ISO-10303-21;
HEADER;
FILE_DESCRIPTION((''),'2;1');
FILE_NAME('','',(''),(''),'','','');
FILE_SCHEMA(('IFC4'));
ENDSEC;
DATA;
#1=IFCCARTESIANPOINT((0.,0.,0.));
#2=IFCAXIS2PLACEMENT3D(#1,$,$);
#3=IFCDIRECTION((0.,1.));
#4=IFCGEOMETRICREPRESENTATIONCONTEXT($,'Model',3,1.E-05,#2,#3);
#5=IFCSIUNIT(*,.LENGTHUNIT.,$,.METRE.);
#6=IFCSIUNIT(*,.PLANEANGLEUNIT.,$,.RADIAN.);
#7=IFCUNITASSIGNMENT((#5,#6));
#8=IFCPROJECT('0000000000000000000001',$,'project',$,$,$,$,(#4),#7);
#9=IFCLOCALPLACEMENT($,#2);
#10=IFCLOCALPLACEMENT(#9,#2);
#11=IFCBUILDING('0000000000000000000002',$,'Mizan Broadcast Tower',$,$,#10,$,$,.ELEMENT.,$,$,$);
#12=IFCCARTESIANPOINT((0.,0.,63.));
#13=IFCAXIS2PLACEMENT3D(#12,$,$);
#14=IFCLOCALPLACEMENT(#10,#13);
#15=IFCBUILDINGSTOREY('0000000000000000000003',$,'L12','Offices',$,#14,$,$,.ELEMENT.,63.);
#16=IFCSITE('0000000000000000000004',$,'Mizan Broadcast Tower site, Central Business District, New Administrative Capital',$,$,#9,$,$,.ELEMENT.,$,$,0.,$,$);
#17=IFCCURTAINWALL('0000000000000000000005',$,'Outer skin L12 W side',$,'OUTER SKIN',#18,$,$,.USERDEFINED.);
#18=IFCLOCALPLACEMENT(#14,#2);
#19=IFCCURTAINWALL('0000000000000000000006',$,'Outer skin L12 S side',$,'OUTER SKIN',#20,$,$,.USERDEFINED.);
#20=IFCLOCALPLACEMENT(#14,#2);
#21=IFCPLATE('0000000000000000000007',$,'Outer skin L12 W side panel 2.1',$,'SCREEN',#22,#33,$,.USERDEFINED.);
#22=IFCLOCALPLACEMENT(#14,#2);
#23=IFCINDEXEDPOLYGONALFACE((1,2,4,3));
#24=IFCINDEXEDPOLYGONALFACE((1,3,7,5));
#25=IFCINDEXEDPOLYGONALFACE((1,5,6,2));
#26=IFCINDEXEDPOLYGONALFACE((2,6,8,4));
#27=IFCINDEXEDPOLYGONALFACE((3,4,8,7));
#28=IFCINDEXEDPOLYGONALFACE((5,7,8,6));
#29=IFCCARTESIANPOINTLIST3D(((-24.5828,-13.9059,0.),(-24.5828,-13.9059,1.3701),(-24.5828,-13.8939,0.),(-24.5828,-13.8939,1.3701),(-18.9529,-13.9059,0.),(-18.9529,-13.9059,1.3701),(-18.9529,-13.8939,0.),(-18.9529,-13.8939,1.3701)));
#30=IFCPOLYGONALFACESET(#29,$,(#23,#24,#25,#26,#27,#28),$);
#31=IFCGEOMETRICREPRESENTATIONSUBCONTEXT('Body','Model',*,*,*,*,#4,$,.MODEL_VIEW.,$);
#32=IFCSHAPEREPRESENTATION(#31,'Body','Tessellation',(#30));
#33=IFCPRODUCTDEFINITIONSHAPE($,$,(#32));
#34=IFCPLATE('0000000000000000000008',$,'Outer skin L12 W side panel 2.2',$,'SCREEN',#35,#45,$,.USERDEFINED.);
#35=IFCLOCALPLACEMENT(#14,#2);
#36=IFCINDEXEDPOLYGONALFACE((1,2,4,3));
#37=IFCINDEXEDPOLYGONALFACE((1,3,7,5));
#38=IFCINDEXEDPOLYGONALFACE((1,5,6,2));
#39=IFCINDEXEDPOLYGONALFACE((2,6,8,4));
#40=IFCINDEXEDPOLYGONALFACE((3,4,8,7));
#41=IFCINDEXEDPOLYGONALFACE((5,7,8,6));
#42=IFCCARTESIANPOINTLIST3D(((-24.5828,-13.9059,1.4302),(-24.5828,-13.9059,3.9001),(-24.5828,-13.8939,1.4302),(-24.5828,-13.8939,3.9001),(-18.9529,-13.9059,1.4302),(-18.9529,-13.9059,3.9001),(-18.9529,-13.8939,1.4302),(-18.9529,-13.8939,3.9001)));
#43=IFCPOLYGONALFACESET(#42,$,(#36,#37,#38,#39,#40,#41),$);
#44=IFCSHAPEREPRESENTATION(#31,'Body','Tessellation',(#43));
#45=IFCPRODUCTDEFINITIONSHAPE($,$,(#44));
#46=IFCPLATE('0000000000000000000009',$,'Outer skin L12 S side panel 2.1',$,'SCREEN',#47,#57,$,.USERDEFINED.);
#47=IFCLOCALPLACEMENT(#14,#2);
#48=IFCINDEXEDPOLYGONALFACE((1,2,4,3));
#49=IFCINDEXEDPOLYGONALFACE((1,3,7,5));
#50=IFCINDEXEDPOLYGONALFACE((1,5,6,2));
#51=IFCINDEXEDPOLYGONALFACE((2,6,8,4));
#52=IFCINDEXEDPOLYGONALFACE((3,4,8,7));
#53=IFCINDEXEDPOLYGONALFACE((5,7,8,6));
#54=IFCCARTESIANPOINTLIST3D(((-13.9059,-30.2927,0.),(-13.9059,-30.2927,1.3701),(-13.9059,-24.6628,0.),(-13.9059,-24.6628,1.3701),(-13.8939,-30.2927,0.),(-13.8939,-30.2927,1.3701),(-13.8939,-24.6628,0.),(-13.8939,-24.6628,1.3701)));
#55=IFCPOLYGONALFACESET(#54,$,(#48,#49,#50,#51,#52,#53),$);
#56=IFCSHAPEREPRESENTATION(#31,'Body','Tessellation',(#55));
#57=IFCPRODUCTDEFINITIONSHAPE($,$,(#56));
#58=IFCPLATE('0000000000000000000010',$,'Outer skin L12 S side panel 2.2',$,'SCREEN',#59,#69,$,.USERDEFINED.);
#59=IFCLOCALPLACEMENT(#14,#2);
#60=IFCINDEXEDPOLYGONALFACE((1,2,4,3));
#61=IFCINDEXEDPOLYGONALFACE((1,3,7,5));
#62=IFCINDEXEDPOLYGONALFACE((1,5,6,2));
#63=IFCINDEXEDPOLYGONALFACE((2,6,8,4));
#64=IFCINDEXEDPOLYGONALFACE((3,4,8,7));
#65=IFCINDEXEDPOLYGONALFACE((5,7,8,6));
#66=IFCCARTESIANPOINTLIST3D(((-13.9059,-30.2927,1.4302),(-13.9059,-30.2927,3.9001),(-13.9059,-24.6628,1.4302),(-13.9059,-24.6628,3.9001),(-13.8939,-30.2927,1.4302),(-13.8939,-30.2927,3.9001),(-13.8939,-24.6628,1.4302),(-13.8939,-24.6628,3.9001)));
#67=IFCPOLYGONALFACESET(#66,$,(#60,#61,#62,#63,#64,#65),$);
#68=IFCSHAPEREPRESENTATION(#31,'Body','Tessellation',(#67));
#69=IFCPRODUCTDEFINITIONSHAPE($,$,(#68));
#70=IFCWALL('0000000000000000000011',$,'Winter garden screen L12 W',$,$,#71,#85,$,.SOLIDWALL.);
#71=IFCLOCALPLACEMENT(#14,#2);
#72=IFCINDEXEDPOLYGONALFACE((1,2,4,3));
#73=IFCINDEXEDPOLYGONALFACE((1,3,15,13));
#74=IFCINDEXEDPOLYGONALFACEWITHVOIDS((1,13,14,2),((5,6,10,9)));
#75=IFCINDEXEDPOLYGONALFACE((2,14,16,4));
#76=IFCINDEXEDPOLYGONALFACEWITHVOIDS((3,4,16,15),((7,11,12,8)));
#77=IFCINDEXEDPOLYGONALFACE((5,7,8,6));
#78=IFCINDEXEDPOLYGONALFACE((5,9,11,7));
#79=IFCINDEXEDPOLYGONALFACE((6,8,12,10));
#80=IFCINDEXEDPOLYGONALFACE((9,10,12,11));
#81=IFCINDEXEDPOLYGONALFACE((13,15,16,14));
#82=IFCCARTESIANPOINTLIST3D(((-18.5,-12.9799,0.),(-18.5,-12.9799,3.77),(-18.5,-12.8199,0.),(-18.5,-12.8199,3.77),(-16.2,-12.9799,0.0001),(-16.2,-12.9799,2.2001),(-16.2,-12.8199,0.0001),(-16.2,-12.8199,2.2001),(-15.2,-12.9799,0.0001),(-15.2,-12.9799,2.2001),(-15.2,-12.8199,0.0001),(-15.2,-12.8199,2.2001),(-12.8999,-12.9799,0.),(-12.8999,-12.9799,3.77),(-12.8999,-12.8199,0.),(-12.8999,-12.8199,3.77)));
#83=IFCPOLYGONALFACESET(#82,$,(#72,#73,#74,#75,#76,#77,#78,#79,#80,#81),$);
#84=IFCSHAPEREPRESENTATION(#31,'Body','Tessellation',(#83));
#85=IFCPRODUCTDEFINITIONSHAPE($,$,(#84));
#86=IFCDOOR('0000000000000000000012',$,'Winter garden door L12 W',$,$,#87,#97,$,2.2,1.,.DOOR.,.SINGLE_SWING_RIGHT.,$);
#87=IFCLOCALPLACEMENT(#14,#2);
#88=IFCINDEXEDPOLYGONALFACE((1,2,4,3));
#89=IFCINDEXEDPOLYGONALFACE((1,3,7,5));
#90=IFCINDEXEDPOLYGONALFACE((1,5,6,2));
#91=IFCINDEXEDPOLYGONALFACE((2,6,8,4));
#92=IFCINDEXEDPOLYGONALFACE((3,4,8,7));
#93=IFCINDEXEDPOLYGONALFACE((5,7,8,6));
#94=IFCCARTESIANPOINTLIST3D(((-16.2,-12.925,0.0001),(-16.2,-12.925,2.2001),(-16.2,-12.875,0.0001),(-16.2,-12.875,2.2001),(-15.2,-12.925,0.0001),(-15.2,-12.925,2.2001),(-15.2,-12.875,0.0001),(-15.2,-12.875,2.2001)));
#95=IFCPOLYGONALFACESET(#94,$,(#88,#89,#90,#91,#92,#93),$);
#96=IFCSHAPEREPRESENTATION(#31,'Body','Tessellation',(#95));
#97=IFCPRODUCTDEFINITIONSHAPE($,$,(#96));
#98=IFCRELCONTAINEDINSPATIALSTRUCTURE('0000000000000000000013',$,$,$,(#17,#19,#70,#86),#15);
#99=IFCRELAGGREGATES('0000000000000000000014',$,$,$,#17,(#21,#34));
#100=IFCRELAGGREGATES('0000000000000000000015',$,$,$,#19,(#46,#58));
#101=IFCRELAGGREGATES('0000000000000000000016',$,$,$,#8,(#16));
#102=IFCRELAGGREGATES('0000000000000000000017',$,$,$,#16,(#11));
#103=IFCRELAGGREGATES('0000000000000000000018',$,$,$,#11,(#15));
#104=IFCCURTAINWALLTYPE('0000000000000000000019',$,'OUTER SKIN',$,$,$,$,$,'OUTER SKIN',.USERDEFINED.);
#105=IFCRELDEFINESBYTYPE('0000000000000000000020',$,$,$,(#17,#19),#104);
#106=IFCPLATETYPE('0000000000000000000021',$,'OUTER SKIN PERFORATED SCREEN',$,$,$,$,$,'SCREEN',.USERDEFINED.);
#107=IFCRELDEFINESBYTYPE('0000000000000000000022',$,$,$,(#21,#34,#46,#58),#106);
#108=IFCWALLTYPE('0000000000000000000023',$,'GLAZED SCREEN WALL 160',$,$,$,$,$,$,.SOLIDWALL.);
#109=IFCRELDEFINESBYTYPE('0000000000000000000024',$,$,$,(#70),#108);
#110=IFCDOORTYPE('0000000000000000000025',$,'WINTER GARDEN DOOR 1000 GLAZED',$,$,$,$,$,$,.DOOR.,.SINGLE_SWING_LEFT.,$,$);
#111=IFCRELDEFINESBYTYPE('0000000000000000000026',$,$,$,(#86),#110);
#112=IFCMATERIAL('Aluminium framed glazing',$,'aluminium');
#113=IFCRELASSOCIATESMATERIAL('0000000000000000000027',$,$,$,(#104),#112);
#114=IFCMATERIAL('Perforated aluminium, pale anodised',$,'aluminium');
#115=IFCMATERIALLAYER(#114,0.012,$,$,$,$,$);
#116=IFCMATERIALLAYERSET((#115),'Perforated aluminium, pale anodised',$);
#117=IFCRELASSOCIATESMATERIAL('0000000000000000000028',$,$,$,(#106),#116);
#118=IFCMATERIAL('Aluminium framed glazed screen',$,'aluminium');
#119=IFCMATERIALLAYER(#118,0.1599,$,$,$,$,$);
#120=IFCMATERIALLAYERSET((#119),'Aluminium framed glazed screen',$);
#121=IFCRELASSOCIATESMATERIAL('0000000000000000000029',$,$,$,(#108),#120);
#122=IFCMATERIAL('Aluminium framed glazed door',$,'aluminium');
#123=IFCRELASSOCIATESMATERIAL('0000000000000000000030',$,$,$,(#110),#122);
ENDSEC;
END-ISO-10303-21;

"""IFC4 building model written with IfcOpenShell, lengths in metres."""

from ifc_helpers import new_model, si_unit, direction, frame, frame_2d, origin, origin_2d, place, context, subcontext, project, spatial, rectangle, extrude, material, layer, layer_set, type_object, element, fill, aggregate, save


model = new_model("IFC4")

# Units and contexts
model_context = context("Model", 3, precision=1e-05, world=origin(), true_north=direction((0.0, 1.0)))
body_context = subcontext(model_context, "Body", "Model", "MODEL_VIEW")
ifc_project = project(units=[si_unit("LENGTHUNIT", "METRE"), si_unit("PLANEANGLEUNIT", "RADIAN")], contexts=[model_context])

# Site, building, storey
site_placement = place(None, origin())
site = spatial("IfcSite", under=ifc_project, at=site_placement, Name="Mizan Broadcast Tower site, Central Business District, New Administrative Capital", CompositionType="ELEMENT", RefElevation=0.0)
building_placement = place(site_placement, origin())
building = spatial("IfcBuilding", under=site, at=building_placement, Name="Mizan Broadcast Tower", CompositionType="ELEMENT")
storey_placement = place(building_placement, frame((0.0, 0.0, 63.0)))
storey = spatial("IfcBuildingStorey", under=building, at=storey_placement, Name="L12", Description="Offices", CompositionType="ELEMENT", Elevation=63.0)

# Shared definitions
ifc_material_1 = material(Name="Aluminium framed glazing", Category="aluminium")
curtain_wall_type_1 = type_object("IfcCurtainWallType", Name="OUTER SKIN", ElementType="OUTER SKIN", PredefinedType="USERDEFINED", material=ifc_material_1)

# Curtain wall
curtain_wall_1_placement = place(storey_placement, origin())
curtain_wall_1 = element("IfcCurtainWall", 1, at=curtain_wall_1_placement, inside=storey, type_object=curtain_wall_type_1, Name="Outer skin L12 W side", ObjectType="OUTER SKIN", PredefinedType="USERDEFINED")

# Curtain wall
curtain_wall_2_placement = place(storey_placement, origin())
curtain_wall_2 = element("IfcCurtainWall", 2, at=curtain_wall_2_placement, inside=storey, type_object=curtain_wall_type_1, Name="Outer skin L12 S side", ObjectType="OUTER SKIN", PredefinedType="USERDEFINED")

# Plates
ifc_material_2 = material(Name="Perforated aluminium, pale anodised", Category="aluminium")
ifc_layer_1 = layer(ifc_material_2, 0.012)
ifc_layer_set_1 = layer_set([ifc_layer_1], Name="Perforated aluminium, pale anodised")
plate_type_1 = type_object("IfcPlateType", Name="OUTER SKIN PERFORATED SCREEN", ElementType="SCREEN", PredefinedType="USERDEFINED", material=ifc_layer_set_1)
plate_1_placement = place(storey_placement, frame((-21.7678, -13.8999, 0.0), z_axis=(0.0, 0.0, 1.0), x_axis=(1.0, 0.0, 0.0)))
plate_1 = element("IfcPlate", 3, at=plate_1_placement, type_object=plate_type_1, Name="Outer skin L12 W side panel 2.1", ObjectType="SCREEN", PredefinedType="USERDEFINED", context=body_context, shape_type="SweptSolid", body=[
    extrude(rectangle(XDim=5.6299, YDim=0.012, at=origin_2d()), origin(), (0.0, 0.0, 1.0), 1.3701),
])
plate_2_placement = place(storey_placement, frame((-21.7678, -13.8999, 1.4302), z_axis=(0.0, 0.0, 1.0), x_axis=(1.0, 0.0, 0.0)))
plate_2 = element("IfcPlate", 4, at=plate_2_placement, type_object=plate_type_1, Name="Outer skin L12 W side panel 2.2", ObjectType="SCREEN", PredefinedType="USERDEFINED", context=body_context, shape_type="SweptSolid", body=[
    extrude(rectangle(XDim=5.6299, YDim=0.012, at=origin_2d()), origin(), (0.0, 0.0, 1.0), 2.47),
])
aggregate(curtain_wall_1, [plate_1, plate_2])
plate_3_placement = place(storey_placement, frame((-13.8999, -27.4778, 0.0), z_axis=(0.0, 0.0, 1.0), x_axis=(0.0, -1.0, 0.0)))
plate_3 = element("IfcPlate", 5, at=plate_3_placement, type_object=plate_type_1, Name="Outer skin L12 S side panel 2.1", ObjectType="SCREEN", PredefinedType="USERDEFINED", context=body_context, shape_type="SweptSolid", body=[
    extrude(rectangle(XDim=5.6299, YDim=0.012, at=origin_2d()), origin(), (0.0, 0.0, 1.0), 1.3701),
])
plate_4_placement = place(storey_placement, frame((-13.8999, -27.4778, 1.4302), z_axis=(0.0, 0.0, 1.0), x_axis=(0.0, -1.0, 0.0)))
plate_4 = element("IfcPlate", 6, at=plate_4_placement, type_object=plate_type_1, Name="Outer skin L12 S side panel 2.2", ObjectType="SCREEN", PredefinedType="USERDEFINED", context=body_context, shape_type="SweptSolid", body=[
    extrude(rectangle(XDim=5.6299, YDim=0.012, at=origin_2d()), origin(), (0.0, 0.0, 1.0), 2.47),
])
aggregate(curtain_wall_2, [plate_3, plate_4])

# Wall, opening, door
ifc_material_3 = material(Name="Aluminium framed glazed screen", Category="aluminium")
ifc_layer_2 = layer(ifc_material_3, 0.1599)
ifc_layer_set_2 = layer_set([ifc_layer_2], Name="Aluminium framed glazed screen")
wall_type = type_object("IfcWallType", Name="GLAZED SCREEN WALL 160", PredefinedType="SOLIDWALL", material=ifc_layer_set_2)
wall_placement = place(storey_placement, frame((-18.5, -12.8999, 0.0), z_axis=(0.0, 0.0, 1.0), x_axis=(1.0, 0.0, 0.0)))
wall = element("IfcWall", 7, at=wall_placement, inside=storey, type_object=wall_type, Name="Winter garden screen L12 W", PredefinedType="SOLIDWALL", context=body_context, shape_type="SweptSolid", body=[
    extrude(rectangle(XDim=5.6001, YDim=0.1599, at=frame_2d((2.8, 0.0))), origin(), (0.0, 0.0, 1.0), 3.77),
])
opening_placement = place(wall_placement, frame((2.3, 0.0, 0.0)))
opening = element("IfcOpeningElement", 8, at=opening_placement, cuts=wall, PredefinedType="OPENING", context=body_context, shape_type="SweptSolid", body=[
    extrude(rectangle(XDim=1.0, YDim=2.2, at=frame_2d((0.5, 1.1001))), frame((0.0, 0.0898, 0.0), z_axis=(0.0, -1.0, 0.0), x_axis=(1.0, 0.0, 0.0)), (0.0, 0.0, 1.0), 0.1799),
])
ifc_material_4 = material(Name="Aluminium framed glazed door", Category="aluminium")
door_type = type_object("IfcDoorType", Name="WINTER GARDEN DOOR 1000 GLAZED", OperationType="SINGLE_SWING_LEFT", PredefinedType="DOOR", material=ifc_material_4)
door_placement = place(opening_placement, origin())
door = element("IfcDoor", 9, at=door_placement, inside=storey, type_object=door_type, Name="Winter garden door L12 W", OperationType="SINGLE_SWING_RIGHT", OverallHeight=2.2, OverallWidth=1.0, PredefinedType="DOOR", context=body_context, shape_type="SweptSolid", body=[
    extrude(rectangle(XDim=1.0, YDim=2.2, at=frame_2d((0.5, 1.1001))), frame((0.0, 0.0249, 0.0), z_axis=(0.0, -1.0, 0.0), x_axis=(1.0, 0.0, 0.0)), (0.0, 0.0, 1.0), 0.05),
])
fill(opening, door)

save(model, "model.ifc")
